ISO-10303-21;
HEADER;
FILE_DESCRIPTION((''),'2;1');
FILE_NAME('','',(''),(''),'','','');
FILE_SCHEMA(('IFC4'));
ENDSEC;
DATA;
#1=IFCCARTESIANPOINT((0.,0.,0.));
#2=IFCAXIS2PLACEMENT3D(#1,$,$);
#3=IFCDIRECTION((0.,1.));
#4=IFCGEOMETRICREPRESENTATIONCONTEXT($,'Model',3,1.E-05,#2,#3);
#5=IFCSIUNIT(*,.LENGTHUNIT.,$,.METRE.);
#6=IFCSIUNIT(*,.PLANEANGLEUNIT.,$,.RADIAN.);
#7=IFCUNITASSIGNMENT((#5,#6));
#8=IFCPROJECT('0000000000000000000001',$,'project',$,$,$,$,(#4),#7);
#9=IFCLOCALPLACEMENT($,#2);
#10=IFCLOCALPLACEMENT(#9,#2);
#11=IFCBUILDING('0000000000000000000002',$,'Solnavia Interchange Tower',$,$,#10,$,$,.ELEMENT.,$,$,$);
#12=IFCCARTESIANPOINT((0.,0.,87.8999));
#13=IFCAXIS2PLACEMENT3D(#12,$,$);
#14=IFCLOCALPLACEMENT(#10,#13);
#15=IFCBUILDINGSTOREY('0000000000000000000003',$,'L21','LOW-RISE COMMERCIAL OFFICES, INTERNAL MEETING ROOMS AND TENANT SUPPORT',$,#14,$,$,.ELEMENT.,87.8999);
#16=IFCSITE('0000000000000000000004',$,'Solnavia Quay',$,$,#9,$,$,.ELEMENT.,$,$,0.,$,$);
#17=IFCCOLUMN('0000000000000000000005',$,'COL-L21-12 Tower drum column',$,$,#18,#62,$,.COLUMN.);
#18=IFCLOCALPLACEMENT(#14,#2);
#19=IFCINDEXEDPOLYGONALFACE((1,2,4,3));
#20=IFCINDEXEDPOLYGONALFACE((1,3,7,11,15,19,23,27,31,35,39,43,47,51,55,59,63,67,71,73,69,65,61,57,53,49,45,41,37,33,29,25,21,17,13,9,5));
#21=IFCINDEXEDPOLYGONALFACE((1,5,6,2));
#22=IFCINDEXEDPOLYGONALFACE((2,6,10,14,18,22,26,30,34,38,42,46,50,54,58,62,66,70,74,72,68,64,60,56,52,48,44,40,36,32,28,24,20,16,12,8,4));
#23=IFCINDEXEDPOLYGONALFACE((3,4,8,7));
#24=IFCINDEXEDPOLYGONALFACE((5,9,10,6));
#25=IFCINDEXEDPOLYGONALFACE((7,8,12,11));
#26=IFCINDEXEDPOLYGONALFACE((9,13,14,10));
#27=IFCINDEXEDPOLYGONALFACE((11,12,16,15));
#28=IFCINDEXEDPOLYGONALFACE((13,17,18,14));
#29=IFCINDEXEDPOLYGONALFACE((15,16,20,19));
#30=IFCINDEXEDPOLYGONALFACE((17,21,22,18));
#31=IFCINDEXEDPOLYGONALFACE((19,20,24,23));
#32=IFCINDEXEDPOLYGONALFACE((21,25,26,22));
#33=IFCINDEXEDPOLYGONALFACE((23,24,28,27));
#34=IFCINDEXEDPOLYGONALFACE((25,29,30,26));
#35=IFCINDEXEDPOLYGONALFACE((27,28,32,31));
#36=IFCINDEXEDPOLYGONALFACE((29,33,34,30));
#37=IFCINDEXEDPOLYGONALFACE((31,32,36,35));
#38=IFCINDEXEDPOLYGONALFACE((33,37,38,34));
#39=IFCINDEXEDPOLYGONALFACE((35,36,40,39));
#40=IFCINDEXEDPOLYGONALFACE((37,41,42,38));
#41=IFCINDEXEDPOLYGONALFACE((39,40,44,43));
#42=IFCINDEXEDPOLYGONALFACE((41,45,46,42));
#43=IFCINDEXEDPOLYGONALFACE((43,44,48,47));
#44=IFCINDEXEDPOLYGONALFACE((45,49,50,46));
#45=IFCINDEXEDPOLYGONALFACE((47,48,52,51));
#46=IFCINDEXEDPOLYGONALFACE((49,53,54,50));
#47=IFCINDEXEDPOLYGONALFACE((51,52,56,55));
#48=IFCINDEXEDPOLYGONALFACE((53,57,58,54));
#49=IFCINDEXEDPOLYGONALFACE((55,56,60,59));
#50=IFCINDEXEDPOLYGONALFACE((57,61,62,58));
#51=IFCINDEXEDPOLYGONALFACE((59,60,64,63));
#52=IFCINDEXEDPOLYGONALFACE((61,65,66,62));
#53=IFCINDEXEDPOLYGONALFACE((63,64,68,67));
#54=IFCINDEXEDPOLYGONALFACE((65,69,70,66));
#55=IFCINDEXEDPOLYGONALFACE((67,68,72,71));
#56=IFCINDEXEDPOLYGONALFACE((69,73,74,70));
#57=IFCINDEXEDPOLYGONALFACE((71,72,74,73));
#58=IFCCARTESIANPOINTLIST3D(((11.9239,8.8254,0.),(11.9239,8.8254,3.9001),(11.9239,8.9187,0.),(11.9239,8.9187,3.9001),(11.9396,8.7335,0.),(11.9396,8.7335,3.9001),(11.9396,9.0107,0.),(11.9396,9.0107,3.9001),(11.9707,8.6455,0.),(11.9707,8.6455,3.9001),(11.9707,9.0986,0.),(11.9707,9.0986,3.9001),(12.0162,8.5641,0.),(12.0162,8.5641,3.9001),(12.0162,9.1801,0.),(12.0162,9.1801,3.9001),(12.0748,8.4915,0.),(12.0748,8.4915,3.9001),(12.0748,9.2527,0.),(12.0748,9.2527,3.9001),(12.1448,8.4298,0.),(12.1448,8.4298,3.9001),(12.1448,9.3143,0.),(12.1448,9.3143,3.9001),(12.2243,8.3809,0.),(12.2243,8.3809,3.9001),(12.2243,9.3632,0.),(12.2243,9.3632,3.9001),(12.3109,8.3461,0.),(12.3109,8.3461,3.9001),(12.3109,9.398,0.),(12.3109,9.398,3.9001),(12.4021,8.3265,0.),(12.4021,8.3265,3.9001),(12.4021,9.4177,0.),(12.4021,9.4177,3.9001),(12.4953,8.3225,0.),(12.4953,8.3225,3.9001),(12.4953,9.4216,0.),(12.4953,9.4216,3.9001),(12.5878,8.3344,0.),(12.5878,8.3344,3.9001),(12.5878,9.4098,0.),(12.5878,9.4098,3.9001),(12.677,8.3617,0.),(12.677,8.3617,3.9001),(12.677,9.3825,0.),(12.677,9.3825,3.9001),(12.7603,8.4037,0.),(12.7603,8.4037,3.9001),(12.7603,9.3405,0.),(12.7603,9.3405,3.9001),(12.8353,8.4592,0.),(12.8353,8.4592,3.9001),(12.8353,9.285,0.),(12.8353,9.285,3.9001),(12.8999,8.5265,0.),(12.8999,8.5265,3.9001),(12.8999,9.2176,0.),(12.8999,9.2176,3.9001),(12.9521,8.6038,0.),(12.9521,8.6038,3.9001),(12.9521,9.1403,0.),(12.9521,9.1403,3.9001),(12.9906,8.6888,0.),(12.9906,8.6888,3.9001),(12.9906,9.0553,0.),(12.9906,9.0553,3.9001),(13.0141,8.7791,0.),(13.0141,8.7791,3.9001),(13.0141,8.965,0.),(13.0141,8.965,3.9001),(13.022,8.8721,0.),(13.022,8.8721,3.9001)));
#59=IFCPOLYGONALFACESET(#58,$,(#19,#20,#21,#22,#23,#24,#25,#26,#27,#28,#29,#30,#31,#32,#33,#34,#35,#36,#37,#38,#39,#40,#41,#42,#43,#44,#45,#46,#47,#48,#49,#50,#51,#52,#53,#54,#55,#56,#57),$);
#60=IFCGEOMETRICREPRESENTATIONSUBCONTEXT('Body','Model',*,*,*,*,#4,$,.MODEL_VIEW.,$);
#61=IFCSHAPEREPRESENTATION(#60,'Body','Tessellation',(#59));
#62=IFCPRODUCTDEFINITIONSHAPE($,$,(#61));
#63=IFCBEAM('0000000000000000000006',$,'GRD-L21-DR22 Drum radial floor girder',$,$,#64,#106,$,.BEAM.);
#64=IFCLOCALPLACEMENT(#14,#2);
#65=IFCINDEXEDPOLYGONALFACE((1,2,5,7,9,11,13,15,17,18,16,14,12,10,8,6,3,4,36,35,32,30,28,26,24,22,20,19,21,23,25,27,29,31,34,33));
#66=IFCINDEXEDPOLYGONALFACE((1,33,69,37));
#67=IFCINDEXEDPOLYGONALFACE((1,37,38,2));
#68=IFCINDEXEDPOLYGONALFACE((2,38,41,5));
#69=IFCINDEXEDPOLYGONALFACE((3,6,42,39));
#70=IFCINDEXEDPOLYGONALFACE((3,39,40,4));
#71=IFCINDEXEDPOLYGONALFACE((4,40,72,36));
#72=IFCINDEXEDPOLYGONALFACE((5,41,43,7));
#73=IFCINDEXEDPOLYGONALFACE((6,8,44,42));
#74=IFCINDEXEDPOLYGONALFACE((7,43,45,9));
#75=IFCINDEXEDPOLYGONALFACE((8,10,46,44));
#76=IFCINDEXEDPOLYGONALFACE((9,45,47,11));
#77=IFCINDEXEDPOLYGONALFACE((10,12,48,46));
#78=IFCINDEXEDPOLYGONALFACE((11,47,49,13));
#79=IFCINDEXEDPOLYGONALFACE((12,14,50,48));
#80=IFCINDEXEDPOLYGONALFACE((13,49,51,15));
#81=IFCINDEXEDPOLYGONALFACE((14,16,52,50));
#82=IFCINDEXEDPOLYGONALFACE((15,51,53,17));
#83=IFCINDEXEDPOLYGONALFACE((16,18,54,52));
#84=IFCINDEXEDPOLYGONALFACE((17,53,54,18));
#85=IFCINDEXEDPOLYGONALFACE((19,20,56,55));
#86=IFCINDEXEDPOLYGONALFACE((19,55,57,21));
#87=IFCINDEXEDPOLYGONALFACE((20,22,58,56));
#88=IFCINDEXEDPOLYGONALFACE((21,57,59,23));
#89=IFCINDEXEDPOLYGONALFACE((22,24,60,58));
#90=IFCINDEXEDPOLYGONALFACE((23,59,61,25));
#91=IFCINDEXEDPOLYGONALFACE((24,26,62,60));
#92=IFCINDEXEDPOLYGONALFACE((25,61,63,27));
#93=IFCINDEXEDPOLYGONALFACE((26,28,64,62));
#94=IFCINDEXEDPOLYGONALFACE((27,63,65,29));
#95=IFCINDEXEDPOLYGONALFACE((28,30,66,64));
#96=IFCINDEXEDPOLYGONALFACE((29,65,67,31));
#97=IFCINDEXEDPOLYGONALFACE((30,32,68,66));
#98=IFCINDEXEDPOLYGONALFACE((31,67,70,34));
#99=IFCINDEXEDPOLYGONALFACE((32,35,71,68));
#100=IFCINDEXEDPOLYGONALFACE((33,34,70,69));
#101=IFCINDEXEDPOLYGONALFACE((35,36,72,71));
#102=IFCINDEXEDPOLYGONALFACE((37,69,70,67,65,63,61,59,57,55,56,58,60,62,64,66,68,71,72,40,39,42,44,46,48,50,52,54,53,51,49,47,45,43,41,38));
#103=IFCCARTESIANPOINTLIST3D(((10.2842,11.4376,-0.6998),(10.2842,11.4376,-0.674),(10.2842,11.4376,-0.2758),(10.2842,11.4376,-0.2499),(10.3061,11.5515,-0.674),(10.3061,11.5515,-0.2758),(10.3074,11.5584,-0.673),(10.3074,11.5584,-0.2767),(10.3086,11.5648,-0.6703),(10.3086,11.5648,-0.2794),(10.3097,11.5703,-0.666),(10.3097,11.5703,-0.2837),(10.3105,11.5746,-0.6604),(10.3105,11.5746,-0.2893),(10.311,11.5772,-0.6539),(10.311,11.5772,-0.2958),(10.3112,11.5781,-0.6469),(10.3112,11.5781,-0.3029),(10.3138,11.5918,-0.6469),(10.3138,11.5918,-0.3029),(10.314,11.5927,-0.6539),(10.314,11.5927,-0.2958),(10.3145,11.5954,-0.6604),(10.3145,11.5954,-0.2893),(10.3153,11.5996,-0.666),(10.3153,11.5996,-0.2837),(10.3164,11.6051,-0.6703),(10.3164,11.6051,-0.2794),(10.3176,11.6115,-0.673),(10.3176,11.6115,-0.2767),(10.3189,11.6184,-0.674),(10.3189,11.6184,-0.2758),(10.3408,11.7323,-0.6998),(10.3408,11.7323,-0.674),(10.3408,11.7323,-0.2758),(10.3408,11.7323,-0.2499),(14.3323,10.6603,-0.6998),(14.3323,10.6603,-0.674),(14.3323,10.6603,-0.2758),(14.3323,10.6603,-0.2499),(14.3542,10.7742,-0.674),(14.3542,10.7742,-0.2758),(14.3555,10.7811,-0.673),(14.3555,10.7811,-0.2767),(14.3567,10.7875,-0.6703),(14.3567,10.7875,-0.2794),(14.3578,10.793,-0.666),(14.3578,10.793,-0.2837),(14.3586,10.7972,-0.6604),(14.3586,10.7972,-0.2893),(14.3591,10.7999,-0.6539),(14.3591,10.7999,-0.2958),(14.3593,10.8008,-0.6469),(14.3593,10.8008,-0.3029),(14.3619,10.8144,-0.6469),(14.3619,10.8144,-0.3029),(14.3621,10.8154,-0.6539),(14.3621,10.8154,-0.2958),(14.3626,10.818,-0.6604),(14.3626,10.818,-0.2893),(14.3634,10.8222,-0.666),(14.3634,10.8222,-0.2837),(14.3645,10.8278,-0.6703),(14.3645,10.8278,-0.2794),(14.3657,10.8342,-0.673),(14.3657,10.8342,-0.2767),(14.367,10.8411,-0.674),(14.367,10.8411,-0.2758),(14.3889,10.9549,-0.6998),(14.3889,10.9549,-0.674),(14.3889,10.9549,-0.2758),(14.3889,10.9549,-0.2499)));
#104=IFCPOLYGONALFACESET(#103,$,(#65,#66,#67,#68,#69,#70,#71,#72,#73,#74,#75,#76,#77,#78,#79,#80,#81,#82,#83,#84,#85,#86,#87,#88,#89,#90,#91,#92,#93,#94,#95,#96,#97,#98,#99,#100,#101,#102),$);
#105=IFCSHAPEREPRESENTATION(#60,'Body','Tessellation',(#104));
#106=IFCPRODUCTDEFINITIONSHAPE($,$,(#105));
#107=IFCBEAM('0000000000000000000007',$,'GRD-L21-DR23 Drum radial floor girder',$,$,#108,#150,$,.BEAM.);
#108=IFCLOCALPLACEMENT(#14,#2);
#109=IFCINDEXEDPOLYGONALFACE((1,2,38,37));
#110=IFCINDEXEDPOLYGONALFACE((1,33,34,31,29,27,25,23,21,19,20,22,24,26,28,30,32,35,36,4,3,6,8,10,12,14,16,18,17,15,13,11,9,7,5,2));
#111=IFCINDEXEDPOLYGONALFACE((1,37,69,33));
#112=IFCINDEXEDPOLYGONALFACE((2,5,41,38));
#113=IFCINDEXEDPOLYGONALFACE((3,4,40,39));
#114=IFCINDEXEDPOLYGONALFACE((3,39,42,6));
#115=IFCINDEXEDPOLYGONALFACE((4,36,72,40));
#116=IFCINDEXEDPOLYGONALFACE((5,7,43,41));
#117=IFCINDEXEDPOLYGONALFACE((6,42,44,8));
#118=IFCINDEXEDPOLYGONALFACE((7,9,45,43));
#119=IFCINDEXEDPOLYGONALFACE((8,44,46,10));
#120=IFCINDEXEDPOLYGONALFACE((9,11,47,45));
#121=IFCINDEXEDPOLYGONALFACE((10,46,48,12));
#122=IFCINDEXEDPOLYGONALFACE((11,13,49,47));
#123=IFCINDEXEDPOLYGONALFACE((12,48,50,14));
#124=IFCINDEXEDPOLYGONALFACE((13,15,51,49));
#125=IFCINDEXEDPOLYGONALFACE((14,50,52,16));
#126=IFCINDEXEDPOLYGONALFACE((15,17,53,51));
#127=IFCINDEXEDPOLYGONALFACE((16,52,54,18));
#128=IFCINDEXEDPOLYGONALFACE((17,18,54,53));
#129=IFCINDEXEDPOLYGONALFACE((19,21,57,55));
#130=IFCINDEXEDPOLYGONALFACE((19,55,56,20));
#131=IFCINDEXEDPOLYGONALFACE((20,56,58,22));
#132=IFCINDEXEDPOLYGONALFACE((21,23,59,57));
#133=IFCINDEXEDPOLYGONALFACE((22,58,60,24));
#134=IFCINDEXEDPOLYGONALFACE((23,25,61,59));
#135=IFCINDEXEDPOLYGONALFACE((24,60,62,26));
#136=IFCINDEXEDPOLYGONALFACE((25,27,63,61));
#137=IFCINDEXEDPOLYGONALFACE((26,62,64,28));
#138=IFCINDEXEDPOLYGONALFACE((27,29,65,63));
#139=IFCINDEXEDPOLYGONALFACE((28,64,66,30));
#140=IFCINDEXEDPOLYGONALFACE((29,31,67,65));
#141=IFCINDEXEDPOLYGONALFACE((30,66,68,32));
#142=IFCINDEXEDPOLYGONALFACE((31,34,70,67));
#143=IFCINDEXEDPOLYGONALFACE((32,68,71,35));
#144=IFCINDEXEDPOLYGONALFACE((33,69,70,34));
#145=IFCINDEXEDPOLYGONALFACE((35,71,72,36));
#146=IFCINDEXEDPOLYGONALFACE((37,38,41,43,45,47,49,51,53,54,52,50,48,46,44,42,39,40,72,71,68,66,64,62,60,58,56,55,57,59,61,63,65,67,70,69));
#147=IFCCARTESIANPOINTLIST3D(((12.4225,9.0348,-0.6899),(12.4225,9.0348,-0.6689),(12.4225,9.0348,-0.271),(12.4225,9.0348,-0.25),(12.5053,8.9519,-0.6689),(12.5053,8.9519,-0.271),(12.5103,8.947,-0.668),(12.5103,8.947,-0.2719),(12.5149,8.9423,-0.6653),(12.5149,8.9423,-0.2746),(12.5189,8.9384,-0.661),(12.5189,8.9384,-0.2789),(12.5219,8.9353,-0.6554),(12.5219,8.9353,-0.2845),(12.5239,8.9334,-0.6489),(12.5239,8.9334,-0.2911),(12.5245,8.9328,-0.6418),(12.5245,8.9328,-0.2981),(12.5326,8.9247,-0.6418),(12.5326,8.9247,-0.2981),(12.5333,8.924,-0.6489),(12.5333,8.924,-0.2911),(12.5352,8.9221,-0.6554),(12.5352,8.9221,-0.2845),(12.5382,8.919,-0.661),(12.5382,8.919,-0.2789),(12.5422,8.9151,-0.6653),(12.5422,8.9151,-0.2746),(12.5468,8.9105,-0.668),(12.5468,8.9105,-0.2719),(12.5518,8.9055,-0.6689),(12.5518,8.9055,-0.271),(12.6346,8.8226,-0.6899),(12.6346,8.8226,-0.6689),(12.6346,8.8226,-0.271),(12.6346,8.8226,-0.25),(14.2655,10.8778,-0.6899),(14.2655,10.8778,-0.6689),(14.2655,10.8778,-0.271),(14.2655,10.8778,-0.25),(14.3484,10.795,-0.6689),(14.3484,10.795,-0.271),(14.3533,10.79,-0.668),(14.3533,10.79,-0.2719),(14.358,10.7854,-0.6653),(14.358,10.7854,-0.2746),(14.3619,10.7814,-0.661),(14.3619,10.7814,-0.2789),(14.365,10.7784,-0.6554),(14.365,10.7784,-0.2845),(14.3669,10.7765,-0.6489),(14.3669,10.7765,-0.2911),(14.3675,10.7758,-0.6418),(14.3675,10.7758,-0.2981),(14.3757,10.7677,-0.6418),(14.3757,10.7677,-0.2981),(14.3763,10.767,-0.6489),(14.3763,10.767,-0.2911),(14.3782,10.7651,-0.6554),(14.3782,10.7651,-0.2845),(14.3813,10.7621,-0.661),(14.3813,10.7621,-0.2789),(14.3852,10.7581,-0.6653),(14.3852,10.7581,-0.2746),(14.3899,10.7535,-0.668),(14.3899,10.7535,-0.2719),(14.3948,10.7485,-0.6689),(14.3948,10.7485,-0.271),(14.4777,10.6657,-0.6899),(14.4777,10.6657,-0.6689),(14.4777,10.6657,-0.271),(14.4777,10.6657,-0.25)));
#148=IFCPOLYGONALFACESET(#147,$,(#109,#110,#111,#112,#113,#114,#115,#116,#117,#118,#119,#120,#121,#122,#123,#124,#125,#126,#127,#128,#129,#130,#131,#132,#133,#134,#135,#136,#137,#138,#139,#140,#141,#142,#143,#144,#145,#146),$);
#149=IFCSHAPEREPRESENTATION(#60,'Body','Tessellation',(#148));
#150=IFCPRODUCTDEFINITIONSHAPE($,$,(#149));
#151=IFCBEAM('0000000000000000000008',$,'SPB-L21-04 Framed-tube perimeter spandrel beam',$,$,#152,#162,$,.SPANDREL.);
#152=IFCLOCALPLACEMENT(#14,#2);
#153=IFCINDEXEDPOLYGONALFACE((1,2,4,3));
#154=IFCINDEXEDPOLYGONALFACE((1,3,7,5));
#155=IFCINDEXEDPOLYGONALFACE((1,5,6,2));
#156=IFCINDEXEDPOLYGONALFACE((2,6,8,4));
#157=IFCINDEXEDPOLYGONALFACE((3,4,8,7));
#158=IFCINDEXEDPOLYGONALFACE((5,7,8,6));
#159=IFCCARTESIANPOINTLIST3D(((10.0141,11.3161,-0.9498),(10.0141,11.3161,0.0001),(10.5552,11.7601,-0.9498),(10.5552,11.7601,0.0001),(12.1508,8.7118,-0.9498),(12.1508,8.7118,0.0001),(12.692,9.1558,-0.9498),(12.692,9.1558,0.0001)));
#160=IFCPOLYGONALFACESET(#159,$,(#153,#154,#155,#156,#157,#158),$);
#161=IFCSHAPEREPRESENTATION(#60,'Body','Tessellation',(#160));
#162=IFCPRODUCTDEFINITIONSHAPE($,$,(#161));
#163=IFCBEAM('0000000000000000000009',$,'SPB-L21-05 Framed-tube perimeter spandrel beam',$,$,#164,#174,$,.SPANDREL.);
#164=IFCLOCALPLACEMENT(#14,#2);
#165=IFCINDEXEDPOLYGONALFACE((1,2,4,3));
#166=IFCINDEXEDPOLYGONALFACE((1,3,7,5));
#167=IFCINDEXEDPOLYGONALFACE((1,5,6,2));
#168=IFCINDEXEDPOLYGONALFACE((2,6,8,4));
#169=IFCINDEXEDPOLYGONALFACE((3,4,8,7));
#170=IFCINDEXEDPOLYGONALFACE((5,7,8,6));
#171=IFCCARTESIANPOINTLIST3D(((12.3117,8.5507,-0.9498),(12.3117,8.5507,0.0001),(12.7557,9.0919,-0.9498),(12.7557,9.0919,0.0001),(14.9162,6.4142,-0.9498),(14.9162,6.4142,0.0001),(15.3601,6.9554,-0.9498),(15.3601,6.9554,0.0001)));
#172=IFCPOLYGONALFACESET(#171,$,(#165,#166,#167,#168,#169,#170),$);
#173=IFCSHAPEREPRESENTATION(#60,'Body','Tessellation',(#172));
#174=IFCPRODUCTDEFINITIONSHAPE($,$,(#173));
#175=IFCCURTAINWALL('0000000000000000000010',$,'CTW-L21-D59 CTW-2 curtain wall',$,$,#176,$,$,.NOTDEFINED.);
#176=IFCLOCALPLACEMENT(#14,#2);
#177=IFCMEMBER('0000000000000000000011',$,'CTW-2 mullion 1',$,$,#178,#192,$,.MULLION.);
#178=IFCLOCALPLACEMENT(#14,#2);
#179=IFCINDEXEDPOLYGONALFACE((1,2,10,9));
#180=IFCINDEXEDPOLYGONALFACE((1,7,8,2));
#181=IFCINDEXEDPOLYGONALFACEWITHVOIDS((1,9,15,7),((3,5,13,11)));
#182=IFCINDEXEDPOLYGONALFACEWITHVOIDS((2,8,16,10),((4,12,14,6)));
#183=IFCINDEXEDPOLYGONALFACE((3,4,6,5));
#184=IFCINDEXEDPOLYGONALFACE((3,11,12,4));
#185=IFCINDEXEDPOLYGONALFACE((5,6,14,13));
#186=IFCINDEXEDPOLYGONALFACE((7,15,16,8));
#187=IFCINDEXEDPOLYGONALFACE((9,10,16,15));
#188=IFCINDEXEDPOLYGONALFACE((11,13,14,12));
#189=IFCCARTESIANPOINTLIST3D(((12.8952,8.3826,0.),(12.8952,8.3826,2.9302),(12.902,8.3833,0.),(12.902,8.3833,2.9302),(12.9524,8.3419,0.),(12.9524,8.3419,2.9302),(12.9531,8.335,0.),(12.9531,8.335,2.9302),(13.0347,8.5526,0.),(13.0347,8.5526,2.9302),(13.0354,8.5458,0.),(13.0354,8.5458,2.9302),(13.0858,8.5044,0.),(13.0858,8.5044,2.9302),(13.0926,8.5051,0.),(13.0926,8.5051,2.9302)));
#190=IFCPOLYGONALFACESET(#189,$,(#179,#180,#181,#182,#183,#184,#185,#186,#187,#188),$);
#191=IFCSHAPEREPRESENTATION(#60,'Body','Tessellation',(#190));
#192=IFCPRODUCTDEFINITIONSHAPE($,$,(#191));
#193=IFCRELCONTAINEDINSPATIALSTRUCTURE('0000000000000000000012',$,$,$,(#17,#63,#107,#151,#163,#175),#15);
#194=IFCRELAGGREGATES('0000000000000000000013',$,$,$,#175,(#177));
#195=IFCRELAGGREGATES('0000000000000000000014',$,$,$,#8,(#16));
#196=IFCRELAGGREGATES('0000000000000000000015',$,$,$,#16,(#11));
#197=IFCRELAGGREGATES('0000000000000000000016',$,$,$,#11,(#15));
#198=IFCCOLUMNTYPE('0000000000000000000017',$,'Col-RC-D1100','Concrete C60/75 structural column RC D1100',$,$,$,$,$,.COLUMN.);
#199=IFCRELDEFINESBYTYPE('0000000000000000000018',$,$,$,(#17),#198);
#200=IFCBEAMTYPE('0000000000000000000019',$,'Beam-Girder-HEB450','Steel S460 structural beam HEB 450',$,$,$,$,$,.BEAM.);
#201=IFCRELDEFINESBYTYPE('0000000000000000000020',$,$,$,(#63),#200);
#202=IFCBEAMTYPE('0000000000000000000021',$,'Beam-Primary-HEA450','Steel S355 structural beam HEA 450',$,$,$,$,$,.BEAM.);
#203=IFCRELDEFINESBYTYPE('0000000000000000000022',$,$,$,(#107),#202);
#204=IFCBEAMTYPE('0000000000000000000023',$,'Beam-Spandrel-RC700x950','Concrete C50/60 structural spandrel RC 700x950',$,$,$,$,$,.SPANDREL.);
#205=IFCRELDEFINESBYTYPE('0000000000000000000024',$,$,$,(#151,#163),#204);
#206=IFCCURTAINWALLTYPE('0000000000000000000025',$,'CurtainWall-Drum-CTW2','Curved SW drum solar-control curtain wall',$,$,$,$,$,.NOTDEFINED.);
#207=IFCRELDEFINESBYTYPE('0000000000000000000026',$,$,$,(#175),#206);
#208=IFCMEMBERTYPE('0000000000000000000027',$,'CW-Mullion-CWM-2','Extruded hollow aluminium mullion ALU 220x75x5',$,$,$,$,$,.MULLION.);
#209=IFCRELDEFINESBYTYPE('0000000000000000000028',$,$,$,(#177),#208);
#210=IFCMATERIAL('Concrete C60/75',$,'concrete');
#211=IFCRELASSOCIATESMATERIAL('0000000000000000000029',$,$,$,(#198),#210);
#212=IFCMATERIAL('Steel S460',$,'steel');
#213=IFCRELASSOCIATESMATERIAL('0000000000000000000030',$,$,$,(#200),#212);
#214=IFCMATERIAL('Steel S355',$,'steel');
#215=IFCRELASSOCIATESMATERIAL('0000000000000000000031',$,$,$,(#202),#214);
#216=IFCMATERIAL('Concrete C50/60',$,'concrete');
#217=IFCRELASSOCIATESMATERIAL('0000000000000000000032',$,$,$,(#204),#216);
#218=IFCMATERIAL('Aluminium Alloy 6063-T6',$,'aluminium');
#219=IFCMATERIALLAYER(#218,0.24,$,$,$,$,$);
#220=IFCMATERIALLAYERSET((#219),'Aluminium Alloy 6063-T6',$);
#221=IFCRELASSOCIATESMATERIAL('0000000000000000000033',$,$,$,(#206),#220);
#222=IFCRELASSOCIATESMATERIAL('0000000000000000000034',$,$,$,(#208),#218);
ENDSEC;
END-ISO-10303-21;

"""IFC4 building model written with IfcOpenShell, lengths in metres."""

from ifc_helpers import new_model, si_unit, direction, frame, origin, origin_2d, place, context, subcontext, project, spatial, rectangle, hollow_rectangle, circle, i_section, extrude, material, layer, layer_set, material_profile, profile_set, type_object, element, aggregate, save


model = new_model("IFC4")

# Units and contexts
model_context = context("Model", 3, precision=1e-05, world=origin(), true_north=direction((0.0, 1.0)))
body_context = subcontext(model_context, "Body", "Model", "MODEL_VIEW")
ifc_project = project(units=[si_unit("LENGTHUNIT", "METRE"), si_unit("PLANEANGLEUNIT", "RADIAN")], contexts=[model_context])

# Site, building, storey
site_placement = place(None, origin())
site = spatial("IfcSite", under=ifc_project, at=site_placement, Name="Solnavia Quay", CompositionType="ELEMENT", RefElevation=0.0)
building_placement = place(site_placement, origin())
building = spatial("IfcBuilding", under=site, at=building_placement, Name="Solnavia Interchange Tower", CompositionType="ELEMENT")
storey_placement = place(building_placement, frame((0.0, 0.0, 87.8999)))
storey = spatial("IfcBuildingStorey", under=building, at=storey_placement, Name="L21", Description="LOW-RISE COMMERCIAL OFFICES, INTERNAL MEETING ROOMS AND TENANT SUPPORT", CompositionType="ELEMENT", Elevation=87.8999)

# Column
ifc_material_1 = material(Name="Concrete C60/75", Category="concrete")
ifc_material_profile_1 = material_profile(ifc_material_1, circle(Radius=0.55, at=origin_2d()), Name="RC D1100")
ifc_profile_set_1 = profile_set([ifc_material_profile_1], Name="Concrete C60/75")
column_type = type_object("IfcColumnType", Name="Col-RC-D1100", Description="Concrete C60/75 structural column RC D1100", PredefinedType="COLUMN", material=ifc_profile_set_1)
column_placement = place(storey_placement, frame((12.4719, 8.8721, 0.0), z_axis=(0.0, 0.0, 1.0), x_axis=(1.0, 0.0, 0.0)))
element("IfcColumn", 1, at=column_placement, inside=storey, type_object=column_type, Name="COL-L21-12 Tower drum column", PredefinedType="COLUMN", context=body_context, shape_type="SweptSolid", body=[
    extrude(circle(Radius=0.55, at=origin_2d()), origin(), (0.0, 0.0, 1.0), 3.9001),
])

# Beams
ifc_material_2 = material(Name="Steel S460", Category="steel")
ifc_material_profile_2 = material_profile(ifc_material_2, i_section(OverallWidth=0.3, OverallDepth=0.45, WebThickness=0.0139, FlangeThickness=0.0259, FilletRadius=0.0271, at=origin_2d()), Name="HEB 450")
ifc_profile_set_2 = profile_set([ifc_material_profile_2], Name="Steel S460")
beam_type_1 = type_object("IfcBeamType", Name="Beam-Girder-HEB450", Description="Steel S460 structural beam HEB 450", PredefinedType="BEAM", material=ifc_profile_set_2)
beam_1_placement = place(storey_placement, frame((10.3125, 11.585, -0.4749), z_axis=(0.982058, -0.188582, 0.0), x_axis=(0.188582, 0.982058, 0.0)))
element("IfcBeam", 2, at=beam_1_placement, inside=storey, type_object=beam_type_1, Name="GRD-L21-DR22 Drum radial floor girder", PredefinedType="BEAM", context=body_context, shape_type="SweptSolid", body=[
    extrude(i_section(OverallWidth=0.3, OverallDepth=0.45, WebThickness=0.0139, FlangeThickness=0.0259, FilletRadius=0.0271, at=origin_2d()), origin(), (0.0, 0.0, 1.0), 4.1221),
])
ifc_material_3 = material(Name="Steel S355", Category="steel")
ifc_material_profile_3 = material_profile(ifc_material_3, i_section(OverallWidth=0.3, OverallDepth=0.4399, WebThickness=0.0115, FlangeThickness=0.021, FilletRadius=0.0271, at=origin_2d()), Name="HEA 450")
ifc_profile_set_3 = profile_set([ifc_material_profile_3], Name="Steel S355")
beam_type_2 = type_object("IfcBeamType", Name="Beam-Primary-HEA450", Description="Steel S355 structural beam HEA 450", PredefinedType="BEAM", material=ifc_profile_set_3)
beam_2_placement = place(storey_placement, frame((12.5286, 8.9287, -0.47), z_axis=(0.707107, 0.707107, 0.0), x_axis=(-0.707107, 0.707107, 0.0)))
element("IfcBeam", 3, at=beam_2_placement, inside=storey, type_object=beam_type_2, Name="GRD-L21-DR23 Drum radial floor girder", PredefinedType="BEAM", context=body_context, shape_type="SweptSolid", body=[
    extrude(i_section(OverallWidth=0.3, OverallDepth=0.4399, WebThickness=0.0115, FlangeThickness=0.021, FilletRadius=0.0271, at=origin_2d()), origin(), (0.0, 0.0, 1.0), 2.6064),
])
ifc_material_4 = material(Name="Concrete C50/60", Category="concrete")
ifc_material_profile_4 = material_profile(ifc_material_4, rectangle(XDim=0.7, YDim=0.95, at=origin_2d()), Name="RC 700x950")
ifc_profile_set_4 = profile_set([ifc_material_profile_4], Name="Concrete C50/60")
beam_type_3 = type_object("IfcBeamType", Name="Beam-Spandrel-RC700x950", Description="Concrete C50/60 structural spandrel RC 700x950", PredefinedType="SPANDREL", material=ifc_profile_set_4)
for number, where, z_axis, x_axis, name in (
    (4, (10.2847, 11.5381, -0.4749), (0.634299, -0.773088, 0.0), (0.773088, 0.634299, 0.0), "SPB-L21-04 Framed-tube perimeter spandrel beam"),
    (5, (12.5337, 8.8213, -0.4749), (0.773153, -0.63422, 0.0), (0.63422, 0.773153, 0.0), "SPB-L21-05 Framed-tube perimeter spandrel beam"),
):
    element("IfcBeam", number, at=place(storey_placement, frame(where, z_axis=z_axis, x_axis=x_axis)), inside=storey, type_object=beam_type_3, Name=name, PredefinedType="SPANDREL", context=body_context, shape_type="SweptSolid", body=[
        extrude(rectangle(XDim=0.7, YDim=0.95, at=origin_2d()), origin(), (0.0, 0.0, 1.0), 3.3687),
    ])

# Curtain wall, member
ifc_material_5 = material(Name="Aluminium Alloy 6063-T6", Category="aluminium")
ifc_layer_1 = layer(ifc_material_5, 0.24)
ifc_layer_set_1 = layer_set([ifc_layer_1], Name="Aluminium Alloy 6063-T6")
curtain_wall_type = type_object("IfcCurtainWallType", Name="CurtainWall-Drum-CTW2", Description="Curved SW drum solar-control curtain wall", PredefinedType="NOTDEFINED", material=ifc_layer_set_1)
curtain_wall_placement = place(storey_placement, origin())
curtain_wall = element("IfcCurtainWall", 6, at=curtain_wall_placement, inside=storey, type_object=curtain_wall_type, Name="CTW-L21-D59 CTW-2 curtain wall", PredefinedType="NOTDEFINED")
ifc_material_profile_5 = material_profile(ifc_material_5, hollow_rectangle(XDim=0.075, YDim=0.22, WallThickness=0.0049, at=origin_2d()), Name="ALU 220x75x5")
ifc_profile_set_5 = profile_set([ifc_material_profile_5], Name="Aluminium Alloy 6063-T6")
member_type_1 = type_object("IfcMemberType", Name="CW-Mullion-CWM-2", Description="Extruded hollow aluminium mullion ALU 220x75x5", PredefinedType="MULLION", material=ifc_profile_set_5)
member_1_placement = place(storey_placement, frame((12.9939, 8.4438, 0.0), z_axis=(0.0, 0.0, 1.0), x_axis=(0.773095, -0.634291, 0.0)))
member_1 = element("IfcMember", 7, at=member_1_placement, type_object=member_type_1, Name="CTW-2 mullion 1", PredefinedType="MULLION", context=body_context, shape_type="SweptSolid", body=[
    extrude(hollow_rectangle(XDim=0.075, YDim=0.22, WallThickness=0.0049, at=origin_2d()), origin(), (0.0, 0.0, 1.0), 2.9302),
])
aggregate(curtain_wall, [member_1])

save(model, "model.ifc")
